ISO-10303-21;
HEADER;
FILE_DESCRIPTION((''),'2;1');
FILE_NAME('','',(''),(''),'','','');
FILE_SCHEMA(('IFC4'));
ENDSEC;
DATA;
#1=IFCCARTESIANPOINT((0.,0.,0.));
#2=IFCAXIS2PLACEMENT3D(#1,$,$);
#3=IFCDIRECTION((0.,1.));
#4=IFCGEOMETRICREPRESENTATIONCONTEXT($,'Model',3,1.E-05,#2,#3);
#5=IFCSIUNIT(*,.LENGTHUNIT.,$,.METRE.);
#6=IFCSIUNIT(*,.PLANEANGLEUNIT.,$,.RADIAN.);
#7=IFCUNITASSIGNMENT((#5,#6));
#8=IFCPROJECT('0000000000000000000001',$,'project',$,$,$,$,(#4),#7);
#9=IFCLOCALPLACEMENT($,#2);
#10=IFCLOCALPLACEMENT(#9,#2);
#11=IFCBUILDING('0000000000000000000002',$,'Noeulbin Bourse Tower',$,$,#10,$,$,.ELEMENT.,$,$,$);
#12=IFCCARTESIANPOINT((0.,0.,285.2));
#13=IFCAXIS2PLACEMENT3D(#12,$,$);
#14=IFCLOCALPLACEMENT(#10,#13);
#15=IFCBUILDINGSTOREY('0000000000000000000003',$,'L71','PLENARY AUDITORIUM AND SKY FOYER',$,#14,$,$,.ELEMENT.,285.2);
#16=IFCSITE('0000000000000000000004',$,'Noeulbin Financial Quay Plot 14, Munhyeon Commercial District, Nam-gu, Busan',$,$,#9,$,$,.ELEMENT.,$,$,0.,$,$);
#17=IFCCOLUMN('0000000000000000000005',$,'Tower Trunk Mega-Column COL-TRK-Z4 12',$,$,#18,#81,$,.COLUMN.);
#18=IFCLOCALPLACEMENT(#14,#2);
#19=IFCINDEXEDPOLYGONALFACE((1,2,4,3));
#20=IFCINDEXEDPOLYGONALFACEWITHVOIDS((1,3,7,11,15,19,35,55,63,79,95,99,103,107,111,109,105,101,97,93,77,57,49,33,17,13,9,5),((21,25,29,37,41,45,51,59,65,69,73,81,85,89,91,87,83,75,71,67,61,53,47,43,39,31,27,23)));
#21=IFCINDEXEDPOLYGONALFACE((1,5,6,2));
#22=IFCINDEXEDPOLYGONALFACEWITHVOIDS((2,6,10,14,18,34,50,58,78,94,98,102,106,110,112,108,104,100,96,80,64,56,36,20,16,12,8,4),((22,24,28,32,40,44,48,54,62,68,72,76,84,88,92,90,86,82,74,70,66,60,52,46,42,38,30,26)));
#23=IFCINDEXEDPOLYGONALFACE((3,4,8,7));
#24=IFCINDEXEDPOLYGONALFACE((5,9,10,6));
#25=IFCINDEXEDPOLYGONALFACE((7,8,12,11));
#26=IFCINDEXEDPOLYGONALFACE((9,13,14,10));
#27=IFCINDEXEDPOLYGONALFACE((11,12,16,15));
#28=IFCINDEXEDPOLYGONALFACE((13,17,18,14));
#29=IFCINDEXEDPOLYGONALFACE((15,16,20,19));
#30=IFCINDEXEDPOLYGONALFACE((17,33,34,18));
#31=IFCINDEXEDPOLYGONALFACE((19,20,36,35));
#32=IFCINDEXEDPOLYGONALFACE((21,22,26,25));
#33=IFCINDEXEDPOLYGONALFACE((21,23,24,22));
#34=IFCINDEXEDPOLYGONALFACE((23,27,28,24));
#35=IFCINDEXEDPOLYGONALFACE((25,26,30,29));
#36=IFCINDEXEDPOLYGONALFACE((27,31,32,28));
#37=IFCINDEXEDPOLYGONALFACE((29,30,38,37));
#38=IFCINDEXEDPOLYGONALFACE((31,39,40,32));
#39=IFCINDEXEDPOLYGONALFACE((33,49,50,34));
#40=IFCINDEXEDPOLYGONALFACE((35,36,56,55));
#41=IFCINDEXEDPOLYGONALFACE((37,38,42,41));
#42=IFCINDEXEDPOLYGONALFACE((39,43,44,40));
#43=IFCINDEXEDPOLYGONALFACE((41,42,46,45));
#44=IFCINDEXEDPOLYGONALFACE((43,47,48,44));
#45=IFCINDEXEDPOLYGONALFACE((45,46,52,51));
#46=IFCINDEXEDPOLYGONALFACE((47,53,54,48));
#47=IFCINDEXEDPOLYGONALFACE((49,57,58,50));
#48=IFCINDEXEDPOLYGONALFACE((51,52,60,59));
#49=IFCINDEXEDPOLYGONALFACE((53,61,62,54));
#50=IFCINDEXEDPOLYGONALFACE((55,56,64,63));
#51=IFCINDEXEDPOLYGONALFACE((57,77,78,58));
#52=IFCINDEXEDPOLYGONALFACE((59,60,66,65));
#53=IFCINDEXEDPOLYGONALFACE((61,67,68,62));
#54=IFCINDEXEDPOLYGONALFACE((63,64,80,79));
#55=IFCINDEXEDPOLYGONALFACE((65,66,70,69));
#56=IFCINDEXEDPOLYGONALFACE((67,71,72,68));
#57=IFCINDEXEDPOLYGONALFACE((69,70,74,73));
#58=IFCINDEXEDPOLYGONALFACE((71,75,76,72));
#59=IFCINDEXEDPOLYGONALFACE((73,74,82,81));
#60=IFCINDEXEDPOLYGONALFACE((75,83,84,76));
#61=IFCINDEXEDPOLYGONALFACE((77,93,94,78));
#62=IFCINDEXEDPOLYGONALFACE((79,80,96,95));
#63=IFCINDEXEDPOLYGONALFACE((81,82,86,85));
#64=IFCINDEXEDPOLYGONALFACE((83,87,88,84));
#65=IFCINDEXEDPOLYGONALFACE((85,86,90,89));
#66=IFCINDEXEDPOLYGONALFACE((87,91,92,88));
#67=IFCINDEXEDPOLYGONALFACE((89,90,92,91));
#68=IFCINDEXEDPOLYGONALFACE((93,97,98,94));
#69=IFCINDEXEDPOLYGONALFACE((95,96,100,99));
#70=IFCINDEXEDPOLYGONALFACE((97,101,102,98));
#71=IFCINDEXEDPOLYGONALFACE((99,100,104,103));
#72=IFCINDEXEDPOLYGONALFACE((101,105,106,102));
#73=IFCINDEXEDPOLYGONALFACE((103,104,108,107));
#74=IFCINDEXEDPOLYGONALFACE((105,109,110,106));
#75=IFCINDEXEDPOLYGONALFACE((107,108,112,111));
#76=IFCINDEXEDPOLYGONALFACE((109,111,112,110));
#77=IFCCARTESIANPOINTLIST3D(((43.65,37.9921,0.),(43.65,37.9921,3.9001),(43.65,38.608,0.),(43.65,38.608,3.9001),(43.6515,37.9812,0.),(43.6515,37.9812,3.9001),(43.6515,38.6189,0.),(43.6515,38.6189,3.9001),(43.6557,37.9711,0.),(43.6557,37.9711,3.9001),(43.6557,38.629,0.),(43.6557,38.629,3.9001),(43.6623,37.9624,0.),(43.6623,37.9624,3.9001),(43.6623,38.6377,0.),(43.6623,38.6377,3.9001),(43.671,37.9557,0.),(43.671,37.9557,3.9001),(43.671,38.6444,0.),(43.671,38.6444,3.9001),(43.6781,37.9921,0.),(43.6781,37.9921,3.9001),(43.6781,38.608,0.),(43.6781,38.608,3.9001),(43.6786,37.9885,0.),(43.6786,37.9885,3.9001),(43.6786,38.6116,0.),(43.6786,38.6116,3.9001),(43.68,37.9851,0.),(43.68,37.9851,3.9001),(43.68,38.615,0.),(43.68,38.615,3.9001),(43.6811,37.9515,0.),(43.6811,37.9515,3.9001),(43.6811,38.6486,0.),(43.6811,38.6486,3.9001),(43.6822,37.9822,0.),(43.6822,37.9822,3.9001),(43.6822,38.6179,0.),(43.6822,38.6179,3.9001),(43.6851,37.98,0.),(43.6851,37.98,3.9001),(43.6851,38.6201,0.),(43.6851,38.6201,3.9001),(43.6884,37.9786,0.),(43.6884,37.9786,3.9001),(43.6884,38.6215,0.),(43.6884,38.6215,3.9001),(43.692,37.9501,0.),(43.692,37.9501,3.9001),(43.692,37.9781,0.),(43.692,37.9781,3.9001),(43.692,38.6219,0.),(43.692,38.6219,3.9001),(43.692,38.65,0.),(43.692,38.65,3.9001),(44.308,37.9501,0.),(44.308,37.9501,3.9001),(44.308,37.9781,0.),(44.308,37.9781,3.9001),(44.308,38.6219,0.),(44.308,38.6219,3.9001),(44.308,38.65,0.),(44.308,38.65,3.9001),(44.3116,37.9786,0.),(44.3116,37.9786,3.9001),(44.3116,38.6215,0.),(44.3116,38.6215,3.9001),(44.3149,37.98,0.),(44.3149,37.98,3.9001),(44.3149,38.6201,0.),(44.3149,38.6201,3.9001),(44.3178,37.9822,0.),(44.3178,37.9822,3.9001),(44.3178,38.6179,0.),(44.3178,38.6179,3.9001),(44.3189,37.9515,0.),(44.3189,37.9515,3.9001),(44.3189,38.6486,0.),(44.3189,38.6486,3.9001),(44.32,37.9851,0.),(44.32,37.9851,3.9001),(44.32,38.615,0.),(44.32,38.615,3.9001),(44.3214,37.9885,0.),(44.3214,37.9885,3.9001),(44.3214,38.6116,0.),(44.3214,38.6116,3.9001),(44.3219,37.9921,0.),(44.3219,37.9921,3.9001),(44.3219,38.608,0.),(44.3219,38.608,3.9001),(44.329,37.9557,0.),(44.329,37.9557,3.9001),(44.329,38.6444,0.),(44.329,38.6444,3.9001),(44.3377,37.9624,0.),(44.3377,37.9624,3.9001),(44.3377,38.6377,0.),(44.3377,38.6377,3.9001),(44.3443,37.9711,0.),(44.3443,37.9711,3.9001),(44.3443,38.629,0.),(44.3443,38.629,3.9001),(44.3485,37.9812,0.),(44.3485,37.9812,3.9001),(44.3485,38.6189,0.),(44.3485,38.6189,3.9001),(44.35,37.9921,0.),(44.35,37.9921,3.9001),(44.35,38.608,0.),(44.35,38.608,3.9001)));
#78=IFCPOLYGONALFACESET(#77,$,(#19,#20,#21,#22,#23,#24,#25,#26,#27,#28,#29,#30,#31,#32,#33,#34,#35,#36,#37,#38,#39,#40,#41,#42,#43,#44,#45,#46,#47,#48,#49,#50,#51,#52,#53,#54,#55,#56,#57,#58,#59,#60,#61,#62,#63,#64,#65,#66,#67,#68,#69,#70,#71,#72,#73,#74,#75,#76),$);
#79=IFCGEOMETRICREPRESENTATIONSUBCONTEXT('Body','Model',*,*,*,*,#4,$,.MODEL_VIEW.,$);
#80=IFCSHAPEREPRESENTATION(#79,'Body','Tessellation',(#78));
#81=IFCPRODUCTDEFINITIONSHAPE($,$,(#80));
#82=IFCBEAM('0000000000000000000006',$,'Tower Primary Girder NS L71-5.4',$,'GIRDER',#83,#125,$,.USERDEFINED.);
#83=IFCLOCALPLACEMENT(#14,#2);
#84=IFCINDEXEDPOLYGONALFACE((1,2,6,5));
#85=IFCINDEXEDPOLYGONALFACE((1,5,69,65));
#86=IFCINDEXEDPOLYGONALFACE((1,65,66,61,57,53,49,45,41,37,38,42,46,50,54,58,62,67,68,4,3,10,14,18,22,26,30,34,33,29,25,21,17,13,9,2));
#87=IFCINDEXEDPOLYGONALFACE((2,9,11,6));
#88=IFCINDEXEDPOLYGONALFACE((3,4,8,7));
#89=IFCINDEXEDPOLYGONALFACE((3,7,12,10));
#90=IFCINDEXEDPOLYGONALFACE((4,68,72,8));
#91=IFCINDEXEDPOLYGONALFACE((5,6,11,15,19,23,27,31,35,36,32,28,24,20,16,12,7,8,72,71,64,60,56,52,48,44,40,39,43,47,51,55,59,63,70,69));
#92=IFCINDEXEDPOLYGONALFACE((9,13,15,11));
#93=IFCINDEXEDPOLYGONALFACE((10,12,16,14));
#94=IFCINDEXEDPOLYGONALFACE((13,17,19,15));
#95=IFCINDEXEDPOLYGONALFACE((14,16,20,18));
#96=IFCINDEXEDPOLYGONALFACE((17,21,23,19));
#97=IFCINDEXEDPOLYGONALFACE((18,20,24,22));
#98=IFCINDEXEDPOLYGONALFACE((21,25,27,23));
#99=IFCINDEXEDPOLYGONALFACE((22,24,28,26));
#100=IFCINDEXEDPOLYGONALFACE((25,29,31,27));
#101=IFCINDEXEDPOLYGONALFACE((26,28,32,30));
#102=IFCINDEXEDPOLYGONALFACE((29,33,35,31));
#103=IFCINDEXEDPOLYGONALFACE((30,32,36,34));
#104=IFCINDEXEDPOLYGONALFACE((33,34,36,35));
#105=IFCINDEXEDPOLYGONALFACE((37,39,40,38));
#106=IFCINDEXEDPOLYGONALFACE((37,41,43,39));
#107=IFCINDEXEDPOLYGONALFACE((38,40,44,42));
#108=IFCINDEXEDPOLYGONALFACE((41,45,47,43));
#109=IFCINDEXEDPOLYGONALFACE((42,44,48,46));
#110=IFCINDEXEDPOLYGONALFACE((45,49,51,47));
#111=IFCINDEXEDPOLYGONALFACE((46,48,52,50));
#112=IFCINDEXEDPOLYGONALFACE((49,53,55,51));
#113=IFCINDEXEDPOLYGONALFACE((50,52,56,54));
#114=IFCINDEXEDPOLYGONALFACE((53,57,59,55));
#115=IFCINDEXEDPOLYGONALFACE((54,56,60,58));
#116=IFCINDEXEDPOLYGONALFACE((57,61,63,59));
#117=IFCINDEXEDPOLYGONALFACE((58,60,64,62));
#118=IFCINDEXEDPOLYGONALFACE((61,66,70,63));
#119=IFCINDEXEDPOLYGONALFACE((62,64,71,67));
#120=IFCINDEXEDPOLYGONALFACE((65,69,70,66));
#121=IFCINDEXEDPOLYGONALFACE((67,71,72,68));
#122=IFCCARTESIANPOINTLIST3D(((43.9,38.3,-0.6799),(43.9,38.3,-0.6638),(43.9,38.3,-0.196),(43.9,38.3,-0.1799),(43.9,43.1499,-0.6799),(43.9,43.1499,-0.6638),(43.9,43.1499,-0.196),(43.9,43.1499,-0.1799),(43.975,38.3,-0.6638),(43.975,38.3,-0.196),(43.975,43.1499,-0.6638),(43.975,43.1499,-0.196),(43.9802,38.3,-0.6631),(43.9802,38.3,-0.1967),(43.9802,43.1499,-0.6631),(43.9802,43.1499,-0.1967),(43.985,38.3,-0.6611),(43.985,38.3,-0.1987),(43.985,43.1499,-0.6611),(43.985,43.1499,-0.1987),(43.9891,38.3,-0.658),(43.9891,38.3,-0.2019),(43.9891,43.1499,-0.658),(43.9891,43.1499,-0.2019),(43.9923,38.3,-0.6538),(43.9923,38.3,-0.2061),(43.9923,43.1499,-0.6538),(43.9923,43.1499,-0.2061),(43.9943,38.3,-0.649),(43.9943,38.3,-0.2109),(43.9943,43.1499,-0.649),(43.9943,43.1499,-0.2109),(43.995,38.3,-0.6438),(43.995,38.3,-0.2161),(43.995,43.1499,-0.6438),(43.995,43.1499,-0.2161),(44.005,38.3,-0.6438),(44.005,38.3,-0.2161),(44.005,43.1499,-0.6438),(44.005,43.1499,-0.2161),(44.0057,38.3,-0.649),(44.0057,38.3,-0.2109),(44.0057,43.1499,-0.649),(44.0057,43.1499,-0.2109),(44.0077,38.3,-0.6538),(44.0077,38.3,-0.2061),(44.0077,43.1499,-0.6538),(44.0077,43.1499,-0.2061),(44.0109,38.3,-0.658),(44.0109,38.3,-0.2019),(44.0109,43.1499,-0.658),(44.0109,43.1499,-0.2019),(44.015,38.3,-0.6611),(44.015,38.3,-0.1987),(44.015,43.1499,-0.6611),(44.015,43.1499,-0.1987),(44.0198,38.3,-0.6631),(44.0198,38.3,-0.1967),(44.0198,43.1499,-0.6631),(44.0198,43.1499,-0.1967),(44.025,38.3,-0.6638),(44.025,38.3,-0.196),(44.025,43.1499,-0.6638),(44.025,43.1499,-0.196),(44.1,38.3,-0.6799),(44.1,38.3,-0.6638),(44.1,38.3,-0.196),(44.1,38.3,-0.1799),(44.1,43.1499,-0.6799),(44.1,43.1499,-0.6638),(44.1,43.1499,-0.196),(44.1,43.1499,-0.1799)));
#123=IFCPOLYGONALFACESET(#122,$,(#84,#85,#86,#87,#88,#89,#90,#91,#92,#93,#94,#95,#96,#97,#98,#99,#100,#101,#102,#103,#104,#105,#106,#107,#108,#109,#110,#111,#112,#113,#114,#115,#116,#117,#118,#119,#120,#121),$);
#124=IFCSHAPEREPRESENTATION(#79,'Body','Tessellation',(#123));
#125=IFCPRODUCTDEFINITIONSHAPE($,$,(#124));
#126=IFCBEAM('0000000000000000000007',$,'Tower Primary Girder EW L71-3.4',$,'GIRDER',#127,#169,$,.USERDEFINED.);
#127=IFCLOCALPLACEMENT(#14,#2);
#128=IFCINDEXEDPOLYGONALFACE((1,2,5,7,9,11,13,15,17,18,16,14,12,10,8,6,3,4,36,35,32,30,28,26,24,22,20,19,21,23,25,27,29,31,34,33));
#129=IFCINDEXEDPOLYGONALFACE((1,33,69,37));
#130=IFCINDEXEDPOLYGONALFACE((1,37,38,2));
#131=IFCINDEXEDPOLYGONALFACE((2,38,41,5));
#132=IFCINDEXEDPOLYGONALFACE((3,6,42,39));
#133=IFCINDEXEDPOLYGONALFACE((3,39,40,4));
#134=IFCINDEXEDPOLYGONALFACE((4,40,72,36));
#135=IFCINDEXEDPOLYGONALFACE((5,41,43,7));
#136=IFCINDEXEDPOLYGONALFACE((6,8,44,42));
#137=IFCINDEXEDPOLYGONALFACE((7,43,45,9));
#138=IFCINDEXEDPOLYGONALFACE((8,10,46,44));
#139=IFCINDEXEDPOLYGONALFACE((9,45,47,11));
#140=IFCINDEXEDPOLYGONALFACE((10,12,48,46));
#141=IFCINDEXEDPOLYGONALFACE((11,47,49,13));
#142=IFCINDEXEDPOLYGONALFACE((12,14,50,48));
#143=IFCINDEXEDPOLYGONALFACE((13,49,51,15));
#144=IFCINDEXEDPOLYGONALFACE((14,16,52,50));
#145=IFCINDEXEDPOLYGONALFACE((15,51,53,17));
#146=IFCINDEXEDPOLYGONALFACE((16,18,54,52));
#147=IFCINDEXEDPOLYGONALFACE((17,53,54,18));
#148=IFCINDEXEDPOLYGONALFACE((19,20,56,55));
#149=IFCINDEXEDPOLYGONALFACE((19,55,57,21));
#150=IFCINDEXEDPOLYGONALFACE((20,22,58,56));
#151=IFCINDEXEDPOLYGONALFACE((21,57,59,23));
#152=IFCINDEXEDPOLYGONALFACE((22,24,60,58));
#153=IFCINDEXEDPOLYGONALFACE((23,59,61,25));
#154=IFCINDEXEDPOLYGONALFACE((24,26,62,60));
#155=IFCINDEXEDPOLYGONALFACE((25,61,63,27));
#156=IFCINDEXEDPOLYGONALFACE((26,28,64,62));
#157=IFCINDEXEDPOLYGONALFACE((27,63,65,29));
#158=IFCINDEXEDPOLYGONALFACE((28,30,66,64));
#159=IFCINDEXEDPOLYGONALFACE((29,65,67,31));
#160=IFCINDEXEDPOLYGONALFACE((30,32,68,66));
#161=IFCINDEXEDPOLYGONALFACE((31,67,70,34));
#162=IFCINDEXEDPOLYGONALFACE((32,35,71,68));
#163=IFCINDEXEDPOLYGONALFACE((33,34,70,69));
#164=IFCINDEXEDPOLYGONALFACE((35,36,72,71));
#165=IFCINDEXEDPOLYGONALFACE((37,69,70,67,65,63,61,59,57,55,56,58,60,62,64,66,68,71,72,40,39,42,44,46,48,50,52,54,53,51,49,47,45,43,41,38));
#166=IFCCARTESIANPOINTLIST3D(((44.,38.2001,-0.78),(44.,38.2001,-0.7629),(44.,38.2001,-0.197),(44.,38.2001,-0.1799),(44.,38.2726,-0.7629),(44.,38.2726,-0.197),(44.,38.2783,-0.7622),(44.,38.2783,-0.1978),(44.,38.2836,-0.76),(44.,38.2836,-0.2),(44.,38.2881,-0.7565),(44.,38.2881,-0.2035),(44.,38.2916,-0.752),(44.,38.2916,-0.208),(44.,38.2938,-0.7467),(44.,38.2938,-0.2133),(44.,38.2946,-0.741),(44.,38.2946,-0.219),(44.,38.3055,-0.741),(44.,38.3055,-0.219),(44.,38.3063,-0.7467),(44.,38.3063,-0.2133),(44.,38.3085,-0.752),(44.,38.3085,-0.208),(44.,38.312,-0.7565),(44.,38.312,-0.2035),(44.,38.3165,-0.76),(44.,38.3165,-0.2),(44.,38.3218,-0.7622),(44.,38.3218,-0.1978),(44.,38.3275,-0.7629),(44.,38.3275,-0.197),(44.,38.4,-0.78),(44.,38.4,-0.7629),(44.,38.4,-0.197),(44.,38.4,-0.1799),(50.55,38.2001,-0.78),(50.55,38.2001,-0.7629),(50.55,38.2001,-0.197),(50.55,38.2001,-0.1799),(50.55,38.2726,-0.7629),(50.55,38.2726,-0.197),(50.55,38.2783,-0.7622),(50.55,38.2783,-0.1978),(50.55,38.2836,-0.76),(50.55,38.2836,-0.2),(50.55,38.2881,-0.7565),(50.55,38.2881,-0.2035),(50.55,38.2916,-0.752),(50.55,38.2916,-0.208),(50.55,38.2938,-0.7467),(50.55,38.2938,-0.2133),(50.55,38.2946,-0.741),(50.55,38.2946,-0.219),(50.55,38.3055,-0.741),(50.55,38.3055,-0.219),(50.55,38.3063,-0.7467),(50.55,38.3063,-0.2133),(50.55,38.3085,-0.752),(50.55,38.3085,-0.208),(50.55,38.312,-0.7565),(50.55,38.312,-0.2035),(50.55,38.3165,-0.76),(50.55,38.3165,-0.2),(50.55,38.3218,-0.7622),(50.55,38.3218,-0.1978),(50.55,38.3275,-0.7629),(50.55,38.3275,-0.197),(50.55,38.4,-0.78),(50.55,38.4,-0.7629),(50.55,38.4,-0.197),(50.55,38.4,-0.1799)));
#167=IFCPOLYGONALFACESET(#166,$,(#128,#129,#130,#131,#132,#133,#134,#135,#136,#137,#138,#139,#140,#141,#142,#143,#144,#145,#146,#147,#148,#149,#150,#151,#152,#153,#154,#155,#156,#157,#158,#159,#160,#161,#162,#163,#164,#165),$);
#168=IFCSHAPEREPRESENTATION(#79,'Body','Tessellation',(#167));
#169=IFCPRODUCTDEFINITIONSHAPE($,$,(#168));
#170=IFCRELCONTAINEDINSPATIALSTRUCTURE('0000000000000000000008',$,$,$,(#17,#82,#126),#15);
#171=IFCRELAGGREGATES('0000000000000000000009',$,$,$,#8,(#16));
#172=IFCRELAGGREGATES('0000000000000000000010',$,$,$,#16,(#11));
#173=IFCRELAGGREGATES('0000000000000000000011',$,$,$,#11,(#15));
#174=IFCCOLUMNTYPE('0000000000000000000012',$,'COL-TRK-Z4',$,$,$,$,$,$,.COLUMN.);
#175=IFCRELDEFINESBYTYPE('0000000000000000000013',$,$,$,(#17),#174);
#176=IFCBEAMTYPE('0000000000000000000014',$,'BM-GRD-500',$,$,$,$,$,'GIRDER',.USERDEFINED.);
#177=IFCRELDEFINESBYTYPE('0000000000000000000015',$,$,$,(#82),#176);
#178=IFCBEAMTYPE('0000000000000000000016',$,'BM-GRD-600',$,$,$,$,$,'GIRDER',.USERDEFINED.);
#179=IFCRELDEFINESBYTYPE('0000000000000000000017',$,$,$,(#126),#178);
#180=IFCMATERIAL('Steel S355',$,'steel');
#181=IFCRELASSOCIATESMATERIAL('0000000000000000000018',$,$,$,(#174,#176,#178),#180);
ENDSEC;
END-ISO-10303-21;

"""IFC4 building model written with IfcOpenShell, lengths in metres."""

from ifc_helpers import new_model, si_unit, direction, frame, origin, origin_2d, place, context, subcontext, project, spatial, hollow_rectangle, i_section, extrude, material, material_profile, profile_set, type_object, element, save


model = new_model("IFC4")

# Units and contexts
model_context = context("Model", 3, precision=1e-05, world=origin(), true_north=direction((0.0, 1.0)))
body_context = subcontext(model_context, "Body", "Model", "MODEL_VIEW")
ifc_project = project(units=[si_unit("LENGTHUNIT", "METRE"), si_unit("PLANEANGLEUNIT", "RADIAN")], contexts=[model_context])

# Site, building, storey
site_placement = place(None, origin())
site = spatial("IfcSite", under=ifc_project, at=site_placement, Name="Noeulbin Financial Quay Plot 14, Munhyeon Commercial District, Nam-gu, Busan", CompositionType="ELEMENT", RefElevation=0.0)
building_placement = place(site_placement, origin())
building = spatial("IfcBuilding", under=site, at=building_placement, Name="Noeulbin Bourse Tower", CompositionType="ELEMENT")
storey_placement = place(building_placement, frame((0.0, 0.0, 285.2)))
storey = spatial("IfcBuildingStorey", under=building, at=storey_placement, Name="L71", Description="PLENARY AUDITORIUM AND SKY FOYER", CompositionType="ELEMENT", Elevation=285.2)

# Column
ifc_material_1 = material(Name="Steel S355", Category="steel")
ifc_material_profile_1 = material_profile(ifc_material_1, hollow_rectangle(XDim=0.7, YDim=0.7, WallThickness=0.0281, InnerFilletRadius=0.0139, OuterFilletRadius=0.042, at=origin_2d()), Name="BOX-700x700x28", Category="LoadBearing")
ifc_profile_set_1 = profile_set([ifc_material_profile_1], Name="Steel S355")
column_type_1 = type_object("IfcColumnType", Name="COL-TRK-Z4", PredefinedType="COLUMN", material=ifc_profile_set_1)
column_placement = place(storey_placement, frame((44.0, 38.3, 0.0), z_axis=(0.0, 0.0, 1.0), x_axis=(1.0, 0.0, 0.0)))
element("IfcColumn", 1, at=column_placement, inside=storey, type_object=column_type_1, Name="Tower Trunk Mega-Column COL-TRK-Z4 12", PredefinedType="COLUMN", context=body_context, shape_type="SweptSolid", body=[
    extrude(hollow_rectangle(XDim=0.7, YDim=0.7, WallThickness=0.0281, InnerFilletRadius=0.0139, OuterFilletRadius=0.042, at=origin_2d()), origin(), (0.0, 0.0, 1.0), 3.9001),
])

# Beams
ifc_material_profile_2 = material_profile(ifc_material_1, i_section(OverallWidth=0.2, OverallDepth=0.5, WebThickness=0.01, FlangeThickness=0.0161, FilletRadius=0.02, at=origin_2d()), Name="H-500x200x10x16", Category="LoadBearing")
ifc_profile_set_2 = profile_set([ifc_material_profile_2], Name="Steel S355")
beam_type_1 = type_object("IfcBeamType", Name="BM-GRD-500", ElementType="GIRDER", PredefinedType="USERDEFINED", material=ifc_profile_set_2)
beam_1_placement = place(storey_placement, frame((44.0, 38.3, -0.4299), z_axis=(0.0, 1.0, 0.0), x_axis=(-1.0, 0.0, 0.0)))
element("IfcBeam", 2, at=beam_1_placement, inside=storey, type_object=beam_type_1, Name="Tower Primary Girder NS L71-5.4", ObjectType="GIRDER", PredefinedType="USERDEFINED", context=body_context, shape_type="SweptSolid", body=[
    extrude(i_section(OverallWidth=0.2, OverallDepth=0.5, WebThickness=0.01, FlangeThickness=0.0161, FilletRadius=0.02, at=origin_2d()), origin(), (0.0, 0.0, 1.0), 4.8499),
])
ifc_material_profile_3 = material_profile(ifc_material_1, i_section(OverallWidth=0.2, OverallDepth=0.6001, WebThickness=0.011, FlangeThickness=0.0171, FilletRadius=0.022, at=origin_2d()), Name="H-600x200x11x17", Category="LoadBearing")
ifc_profile_set_3 = profile_set([ifc_material_profile_3], Name="Steel S355")
beam_type_2 = type_object("IfcBeamType", Name="BM-GRD-600", ElementType="GIRDER", PredefinedType="USERDEFINED", material=ifc_profile_set_3)
beam_2_placement = place(storey_placement, frame((44.0, 38.3, -0.48), z_axis=(1.0, 0.0, 0.0), x_axis=(0.0, 1.0, 0.0)))
element("IfcBeam", 3, at=beam_2_placement, inside=storey, type_object=beam_type_2, Name="Tower Primary Girder EW L71-3.4", ObjectType="GIRDER", PredefinedType="USERDEFINED", context=body_context, shape_type="SweptSolid", body=[
    extrude(i_section(OverallWidth=0.2, OverallDepth=0.6001, WebThickness=0.011, FlangeThickness=0.0171, FilletRadius=0.022, at=origin_2d()), origin(), (0.0, 0.0, 1.0), 6.55),
])

save(model, "model.ifc")
